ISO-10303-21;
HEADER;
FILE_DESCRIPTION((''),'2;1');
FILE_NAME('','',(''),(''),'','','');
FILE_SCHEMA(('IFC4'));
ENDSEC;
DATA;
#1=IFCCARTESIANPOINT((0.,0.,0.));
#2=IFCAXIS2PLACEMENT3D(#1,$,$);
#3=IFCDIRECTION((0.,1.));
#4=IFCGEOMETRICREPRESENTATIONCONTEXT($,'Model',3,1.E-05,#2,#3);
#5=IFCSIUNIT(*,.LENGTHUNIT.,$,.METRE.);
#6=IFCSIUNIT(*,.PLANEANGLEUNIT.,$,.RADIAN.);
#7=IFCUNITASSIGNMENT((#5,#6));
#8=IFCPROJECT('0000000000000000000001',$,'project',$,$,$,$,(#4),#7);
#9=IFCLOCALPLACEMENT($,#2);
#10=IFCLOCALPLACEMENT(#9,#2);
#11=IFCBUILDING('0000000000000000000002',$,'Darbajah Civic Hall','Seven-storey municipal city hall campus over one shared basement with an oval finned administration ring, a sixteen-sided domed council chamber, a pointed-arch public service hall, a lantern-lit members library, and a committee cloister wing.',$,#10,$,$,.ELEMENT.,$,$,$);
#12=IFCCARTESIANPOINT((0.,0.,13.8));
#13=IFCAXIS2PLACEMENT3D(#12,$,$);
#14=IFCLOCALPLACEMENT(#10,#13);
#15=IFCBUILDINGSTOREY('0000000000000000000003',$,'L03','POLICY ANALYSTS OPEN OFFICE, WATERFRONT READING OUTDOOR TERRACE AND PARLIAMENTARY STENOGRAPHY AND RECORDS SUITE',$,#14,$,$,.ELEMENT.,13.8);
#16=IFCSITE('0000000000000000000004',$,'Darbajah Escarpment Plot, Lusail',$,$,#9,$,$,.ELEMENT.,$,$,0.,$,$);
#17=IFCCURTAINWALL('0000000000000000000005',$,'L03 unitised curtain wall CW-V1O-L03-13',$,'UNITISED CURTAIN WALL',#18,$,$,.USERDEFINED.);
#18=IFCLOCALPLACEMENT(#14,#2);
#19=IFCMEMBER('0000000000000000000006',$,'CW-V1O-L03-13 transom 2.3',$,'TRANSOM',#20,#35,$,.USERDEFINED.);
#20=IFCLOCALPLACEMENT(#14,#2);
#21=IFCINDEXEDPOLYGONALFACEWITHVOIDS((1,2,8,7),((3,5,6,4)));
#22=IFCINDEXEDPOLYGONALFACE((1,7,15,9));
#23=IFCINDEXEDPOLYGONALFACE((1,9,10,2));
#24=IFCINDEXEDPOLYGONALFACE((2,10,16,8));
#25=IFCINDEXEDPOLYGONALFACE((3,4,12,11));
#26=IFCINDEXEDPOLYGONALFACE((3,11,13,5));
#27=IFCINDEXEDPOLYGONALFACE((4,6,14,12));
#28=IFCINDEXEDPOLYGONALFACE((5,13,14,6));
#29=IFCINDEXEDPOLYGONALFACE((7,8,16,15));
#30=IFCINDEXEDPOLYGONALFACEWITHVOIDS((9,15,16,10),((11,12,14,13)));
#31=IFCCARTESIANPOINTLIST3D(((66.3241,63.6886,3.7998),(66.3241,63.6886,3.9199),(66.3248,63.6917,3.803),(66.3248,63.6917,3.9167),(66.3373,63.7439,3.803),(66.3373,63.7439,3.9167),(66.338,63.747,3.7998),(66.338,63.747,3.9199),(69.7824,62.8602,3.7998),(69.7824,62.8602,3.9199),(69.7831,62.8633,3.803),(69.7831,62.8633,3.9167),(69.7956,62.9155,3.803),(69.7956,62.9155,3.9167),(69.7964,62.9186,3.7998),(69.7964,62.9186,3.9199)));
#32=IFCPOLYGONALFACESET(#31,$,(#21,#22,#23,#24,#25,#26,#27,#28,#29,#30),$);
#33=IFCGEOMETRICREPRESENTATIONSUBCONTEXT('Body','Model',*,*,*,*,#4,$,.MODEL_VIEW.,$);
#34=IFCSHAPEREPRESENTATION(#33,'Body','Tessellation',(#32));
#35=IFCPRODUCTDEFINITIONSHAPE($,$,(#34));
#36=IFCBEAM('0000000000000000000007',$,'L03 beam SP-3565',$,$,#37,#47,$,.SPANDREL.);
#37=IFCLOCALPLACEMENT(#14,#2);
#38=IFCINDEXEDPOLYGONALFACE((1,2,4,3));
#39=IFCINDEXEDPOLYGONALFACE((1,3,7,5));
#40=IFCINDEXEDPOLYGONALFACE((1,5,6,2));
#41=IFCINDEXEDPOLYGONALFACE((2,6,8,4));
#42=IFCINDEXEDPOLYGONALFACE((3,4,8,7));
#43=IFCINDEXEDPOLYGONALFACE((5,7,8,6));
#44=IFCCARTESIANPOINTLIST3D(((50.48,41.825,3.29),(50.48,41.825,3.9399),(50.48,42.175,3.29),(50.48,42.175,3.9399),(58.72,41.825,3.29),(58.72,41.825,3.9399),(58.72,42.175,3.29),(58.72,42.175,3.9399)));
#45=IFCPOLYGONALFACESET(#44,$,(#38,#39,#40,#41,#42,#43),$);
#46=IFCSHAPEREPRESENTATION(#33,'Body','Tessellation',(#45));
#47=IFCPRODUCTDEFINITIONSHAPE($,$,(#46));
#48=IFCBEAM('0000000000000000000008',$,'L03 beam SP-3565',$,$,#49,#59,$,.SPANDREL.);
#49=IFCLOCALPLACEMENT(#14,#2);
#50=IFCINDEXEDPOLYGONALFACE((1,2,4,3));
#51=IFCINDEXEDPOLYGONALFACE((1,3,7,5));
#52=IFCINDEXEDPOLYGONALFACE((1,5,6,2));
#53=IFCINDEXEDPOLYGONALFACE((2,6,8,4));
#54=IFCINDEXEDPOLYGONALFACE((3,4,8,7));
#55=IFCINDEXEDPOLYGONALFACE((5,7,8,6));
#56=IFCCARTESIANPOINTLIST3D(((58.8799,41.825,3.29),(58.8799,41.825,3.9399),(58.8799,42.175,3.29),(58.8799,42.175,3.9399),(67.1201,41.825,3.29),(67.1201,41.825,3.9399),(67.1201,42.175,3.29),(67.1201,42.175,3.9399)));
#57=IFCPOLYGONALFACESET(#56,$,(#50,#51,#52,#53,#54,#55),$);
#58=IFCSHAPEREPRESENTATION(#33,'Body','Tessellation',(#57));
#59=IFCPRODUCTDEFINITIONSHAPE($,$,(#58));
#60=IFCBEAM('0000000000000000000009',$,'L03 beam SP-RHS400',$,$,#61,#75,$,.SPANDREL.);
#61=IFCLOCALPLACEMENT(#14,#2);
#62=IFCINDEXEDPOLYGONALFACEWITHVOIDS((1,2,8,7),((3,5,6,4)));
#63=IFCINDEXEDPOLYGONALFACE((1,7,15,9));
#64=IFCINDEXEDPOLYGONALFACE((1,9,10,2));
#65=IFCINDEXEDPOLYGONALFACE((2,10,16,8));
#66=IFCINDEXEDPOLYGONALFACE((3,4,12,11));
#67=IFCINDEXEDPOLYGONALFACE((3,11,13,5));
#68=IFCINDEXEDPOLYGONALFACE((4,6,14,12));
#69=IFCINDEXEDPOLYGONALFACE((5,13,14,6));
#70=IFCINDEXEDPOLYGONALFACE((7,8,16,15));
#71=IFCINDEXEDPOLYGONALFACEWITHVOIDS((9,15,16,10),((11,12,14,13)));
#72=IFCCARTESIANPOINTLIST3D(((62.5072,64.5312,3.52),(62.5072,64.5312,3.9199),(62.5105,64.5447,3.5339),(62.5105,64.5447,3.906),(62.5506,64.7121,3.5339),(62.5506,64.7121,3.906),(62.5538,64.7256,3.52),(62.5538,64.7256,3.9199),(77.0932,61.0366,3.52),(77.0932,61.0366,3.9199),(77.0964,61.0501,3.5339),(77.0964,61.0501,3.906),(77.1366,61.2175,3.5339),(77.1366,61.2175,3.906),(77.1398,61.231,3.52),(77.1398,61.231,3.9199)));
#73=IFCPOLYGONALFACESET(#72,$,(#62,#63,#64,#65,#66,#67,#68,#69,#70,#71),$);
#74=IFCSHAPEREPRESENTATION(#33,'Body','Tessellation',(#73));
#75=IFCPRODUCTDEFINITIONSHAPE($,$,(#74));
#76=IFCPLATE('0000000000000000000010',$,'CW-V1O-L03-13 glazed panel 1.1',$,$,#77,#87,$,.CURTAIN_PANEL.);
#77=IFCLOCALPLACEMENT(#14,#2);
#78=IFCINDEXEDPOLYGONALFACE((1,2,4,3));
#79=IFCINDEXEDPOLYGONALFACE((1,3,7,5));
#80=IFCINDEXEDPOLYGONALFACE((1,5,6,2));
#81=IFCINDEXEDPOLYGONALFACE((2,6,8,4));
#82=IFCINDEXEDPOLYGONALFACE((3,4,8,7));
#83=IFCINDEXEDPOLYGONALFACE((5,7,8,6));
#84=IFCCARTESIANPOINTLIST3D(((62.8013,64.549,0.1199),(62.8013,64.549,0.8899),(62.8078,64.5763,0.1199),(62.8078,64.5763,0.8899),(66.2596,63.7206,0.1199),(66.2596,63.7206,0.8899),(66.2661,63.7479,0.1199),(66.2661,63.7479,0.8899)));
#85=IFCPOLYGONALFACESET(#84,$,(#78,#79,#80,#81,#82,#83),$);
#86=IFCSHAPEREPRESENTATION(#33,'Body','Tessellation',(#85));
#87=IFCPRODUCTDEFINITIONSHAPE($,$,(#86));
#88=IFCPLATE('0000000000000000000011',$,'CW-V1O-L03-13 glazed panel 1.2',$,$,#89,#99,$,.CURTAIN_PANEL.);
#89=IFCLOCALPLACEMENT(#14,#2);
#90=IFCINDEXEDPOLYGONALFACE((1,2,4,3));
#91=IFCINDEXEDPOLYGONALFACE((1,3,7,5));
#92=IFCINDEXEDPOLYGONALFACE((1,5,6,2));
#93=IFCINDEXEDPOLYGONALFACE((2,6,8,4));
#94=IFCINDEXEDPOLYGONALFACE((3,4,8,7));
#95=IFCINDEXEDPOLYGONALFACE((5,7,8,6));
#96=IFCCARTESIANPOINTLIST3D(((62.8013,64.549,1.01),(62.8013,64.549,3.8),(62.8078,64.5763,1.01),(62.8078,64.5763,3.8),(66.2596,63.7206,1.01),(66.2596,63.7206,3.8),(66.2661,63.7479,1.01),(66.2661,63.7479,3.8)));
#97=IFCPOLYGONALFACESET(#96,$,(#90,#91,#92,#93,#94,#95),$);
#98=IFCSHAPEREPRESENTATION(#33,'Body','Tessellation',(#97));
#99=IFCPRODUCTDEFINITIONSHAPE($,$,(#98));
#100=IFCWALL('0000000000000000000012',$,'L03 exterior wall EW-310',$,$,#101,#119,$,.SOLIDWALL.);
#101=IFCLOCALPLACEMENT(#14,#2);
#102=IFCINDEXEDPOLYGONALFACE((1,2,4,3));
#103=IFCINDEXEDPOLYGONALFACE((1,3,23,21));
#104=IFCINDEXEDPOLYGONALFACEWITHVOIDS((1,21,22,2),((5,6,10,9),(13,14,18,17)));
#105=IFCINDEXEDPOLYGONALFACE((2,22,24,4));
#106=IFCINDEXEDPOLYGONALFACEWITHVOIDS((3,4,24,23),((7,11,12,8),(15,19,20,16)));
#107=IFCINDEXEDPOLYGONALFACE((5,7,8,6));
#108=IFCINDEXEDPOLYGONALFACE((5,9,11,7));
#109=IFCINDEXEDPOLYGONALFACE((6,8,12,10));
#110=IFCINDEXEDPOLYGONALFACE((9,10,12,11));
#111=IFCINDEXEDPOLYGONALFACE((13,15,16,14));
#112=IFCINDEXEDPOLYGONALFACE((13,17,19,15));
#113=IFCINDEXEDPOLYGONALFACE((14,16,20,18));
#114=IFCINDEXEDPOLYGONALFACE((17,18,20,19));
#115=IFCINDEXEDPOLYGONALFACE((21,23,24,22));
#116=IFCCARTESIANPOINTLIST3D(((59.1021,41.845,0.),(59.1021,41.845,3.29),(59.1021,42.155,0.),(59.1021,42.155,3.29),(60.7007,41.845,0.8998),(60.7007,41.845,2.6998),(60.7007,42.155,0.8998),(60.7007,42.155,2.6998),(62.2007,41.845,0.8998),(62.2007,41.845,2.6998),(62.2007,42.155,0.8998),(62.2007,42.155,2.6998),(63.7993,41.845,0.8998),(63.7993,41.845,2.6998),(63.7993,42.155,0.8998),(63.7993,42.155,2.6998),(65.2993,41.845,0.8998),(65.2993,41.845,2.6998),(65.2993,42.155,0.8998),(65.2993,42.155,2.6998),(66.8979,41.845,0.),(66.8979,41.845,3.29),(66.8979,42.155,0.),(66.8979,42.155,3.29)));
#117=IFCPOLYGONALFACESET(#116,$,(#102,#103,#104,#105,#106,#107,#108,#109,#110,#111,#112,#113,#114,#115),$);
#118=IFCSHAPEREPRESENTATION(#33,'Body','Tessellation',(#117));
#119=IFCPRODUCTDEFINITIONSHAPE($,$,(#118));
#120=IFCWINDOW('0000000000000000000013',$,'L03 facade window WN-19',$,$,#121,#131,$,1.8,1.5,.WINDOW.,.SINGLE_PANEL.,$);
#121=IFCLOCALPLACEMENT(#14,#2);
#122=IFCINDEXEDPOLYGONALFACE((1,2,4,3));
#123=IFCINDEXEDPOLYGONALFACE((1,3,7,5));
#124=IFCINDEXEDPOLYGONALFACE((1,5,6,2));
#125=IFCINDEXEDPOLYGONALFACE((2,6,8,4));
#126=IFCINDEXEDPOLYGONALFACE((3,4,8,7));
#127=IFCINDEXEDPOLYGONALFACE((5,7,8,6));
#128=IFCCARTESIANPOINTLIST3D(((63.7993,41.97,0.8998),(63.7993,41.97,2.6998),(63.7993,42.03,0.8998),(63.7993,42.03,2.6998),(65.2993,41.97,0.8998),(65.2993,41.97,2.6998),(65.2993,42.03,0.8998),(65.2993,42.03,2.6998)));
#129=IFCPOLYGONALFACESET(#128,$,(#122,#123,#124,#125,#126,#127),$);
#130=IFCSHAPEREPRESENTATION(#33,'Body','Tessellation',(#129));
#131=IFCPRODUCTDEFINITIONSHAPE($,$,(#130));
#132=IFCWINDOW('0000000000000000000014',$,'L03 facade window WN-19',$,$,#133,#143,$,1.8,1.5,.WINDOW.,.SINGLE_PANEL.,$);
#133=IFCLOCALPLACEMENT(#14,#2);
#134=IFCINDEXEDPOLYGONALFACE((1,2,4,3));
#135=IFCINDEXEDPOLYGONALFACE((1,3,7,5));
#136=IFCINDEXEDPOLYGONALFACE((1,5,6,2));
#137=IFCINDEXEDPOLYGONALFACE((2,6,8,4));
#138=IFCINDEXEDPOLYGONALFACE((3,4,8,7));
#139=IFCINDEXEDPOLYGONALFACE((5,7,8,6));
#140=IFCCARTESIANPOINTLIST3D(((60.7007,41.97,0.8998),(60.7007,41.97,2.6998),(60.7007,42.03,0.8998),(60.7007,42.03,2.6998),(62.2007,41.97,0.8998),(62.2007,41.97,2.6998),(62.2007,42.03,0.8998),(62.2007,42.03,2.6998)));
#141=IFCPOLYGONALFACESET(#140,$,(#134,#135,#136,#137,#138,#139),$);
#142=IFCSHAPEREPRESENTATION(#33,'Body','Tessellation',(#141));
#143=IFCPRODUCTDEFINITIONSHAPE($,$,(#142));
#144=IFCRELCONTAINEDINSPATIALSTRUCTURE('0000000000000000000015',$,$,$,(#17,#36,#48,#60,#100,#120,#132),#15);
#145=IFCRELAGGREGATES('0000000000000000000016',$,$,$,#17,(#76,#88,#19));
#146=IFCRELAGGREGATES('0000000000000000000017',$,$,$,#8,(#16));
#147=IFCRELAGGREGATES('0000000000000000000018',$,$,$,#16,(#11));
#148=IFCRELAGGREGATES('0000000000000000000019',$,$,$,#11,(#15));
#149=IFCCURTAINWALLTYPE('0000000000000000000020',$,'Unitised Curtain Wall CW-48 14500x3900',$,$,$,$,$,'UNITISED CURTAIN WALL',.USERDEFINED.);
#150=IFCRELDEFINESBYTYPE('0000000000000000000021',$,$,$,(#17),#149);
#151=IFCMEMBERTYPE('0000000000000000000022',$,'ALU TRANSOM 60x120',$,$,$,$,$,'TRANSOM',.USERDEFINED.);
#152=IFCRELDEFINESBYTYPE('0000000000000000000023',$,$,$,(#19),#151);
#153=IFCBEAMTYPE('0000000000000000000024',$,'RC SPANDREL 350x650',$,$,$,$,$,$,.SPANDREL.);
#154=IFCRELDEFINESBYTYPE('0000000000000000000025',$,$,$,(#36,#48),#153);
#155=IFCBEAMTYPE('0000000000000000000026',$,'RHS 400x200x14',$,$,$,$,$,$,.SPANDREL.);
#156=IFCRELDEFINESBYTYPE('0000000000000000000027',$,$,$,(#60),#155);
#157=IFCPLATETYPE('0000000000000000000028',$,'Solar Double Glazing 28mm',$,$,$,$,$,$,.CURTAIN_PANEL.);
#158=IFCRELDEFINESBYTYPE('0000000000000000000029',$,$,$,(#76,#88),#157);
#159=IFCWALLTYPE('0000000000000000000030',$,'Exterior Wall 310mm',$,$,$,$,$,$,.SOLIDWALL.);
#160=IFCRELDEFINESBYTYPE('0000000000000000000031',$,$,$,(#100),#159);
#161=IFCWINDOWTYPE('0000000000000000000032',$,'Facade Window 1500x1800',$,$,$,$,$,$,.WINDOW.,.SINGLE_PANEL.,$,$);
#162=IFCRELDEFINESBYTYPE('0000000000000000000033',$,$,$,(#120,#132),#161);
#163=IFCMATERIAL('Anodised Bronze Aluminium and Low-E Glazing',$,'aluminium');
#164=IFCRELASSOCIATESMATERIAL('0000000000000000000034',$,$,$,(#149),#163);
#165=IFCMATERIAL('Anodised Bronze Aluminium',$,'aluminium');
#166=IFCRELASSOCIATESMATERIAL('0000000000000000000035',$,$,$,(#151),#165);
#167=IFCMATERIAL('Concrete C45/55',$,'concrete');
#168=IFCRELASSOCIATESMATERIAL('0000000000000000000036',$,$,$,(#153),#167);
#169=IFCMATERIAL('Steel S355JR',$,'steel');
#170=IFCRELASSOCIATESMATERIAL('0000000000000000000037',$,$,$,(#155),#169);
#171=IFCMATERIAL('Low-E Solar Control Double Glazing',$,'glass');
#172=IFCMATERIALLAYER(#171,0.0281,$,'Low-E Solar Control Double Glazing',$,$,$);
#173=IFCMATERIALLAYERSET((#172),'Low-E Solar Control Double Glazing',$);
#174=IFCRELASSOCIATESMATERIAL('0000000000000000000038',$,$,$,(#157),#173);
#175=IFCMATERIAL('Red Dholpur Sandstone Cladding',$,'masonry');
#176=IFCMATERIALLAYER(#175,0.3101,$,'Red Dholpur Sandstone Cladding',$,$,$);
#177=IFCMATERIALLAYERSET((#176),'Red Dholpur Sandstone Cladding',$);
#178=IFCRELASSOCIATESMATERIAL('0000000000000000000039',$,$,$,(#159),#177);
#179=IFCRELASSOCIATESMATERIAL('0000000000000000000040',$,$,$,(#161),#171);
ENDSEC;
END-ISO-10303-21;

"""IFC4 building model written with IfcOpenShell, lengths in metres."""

from ifc_helpers import new_model, si_unit, direction, frame, frame_2d, origin, origin_2d, place, context, subcontext, project, spatial, rectangle, hollow_rectangle, extrude, material, layer, layer_set, material_profile, profile_set, type_object, element, fill, aggregate, save


model = new_model("IFC4")

# Units and contexts
model_context = context("Model", 3, precision=1e-05, world=origin(), true_north=direction((0.0, 1.0)))
body_context = subcontext(model_context, "Body", "Model", "MODEL_VIEW")
ifc_project = project(units=[si_unit("LENGTHUNIT", "METRE"), si_unit("PLANEANGLEUNIT", "RADIAN")], contexts=[model_context])

# Site, building, storey
site_placement = place(None, origin())
site = spatial("IfcSite", under=ifc_project, at=site_placement, Name="Darbajah Escarpment Plot, Lusail", CompositionType="ELEMENT", RefElevation=0.0)
building_placement = place(site_placement, origin())
building = spatial("IfcBuilding", under=site, at=building_placement, Name="Darbajah Civic Hall", Description="Seven-storey municipal city hall campus over one shared basement with an oval finned administration ring, a sixteen-sided domed council chamber, a pointed-arch public service hall, a lantern-lit members library, and a committee cloister wing.", CompositionType="ELEMENT")
storey_placement = place(building_placement, frame((0.0, 0.0, 13.8)))
storey = spatial("IfcBuildingStorey", under=building, at=storey_placement, Name="L03", Description="POLICY ANALYSTS OPEN OFFICE, WATERFRONT READING OUTDOOR TERRACE AND PARLIAMENTARY STENOGRAPHY AND RECORDS SUITE", CompositionType="ELEMENT", Elevation=13.8)

# Shared definitions
ifc_material_1 = material(Name="Concrete C45/55", Category="concrete")

# Curtain wall
ifc_material_2 = material(Name="Anodised Bronze Aluminium and Low-E Glazing", Category="aluminium")
curtain_wall_type_1 = type_object("IfcCurtainWallType", Name="Unitised Curtain Wall CW-48 14500x3900", ElementType="UNITISED CURTAIN WALL", PredefinedType="USERDEFINED", material=ifc_material_2)
curtain_wall_1_placement = place(storey_placement, origin())
curtain_wall_1 = element("IfcCurtainWall", 1, at=curtain_wall_1_placement, inside=storey, type_object=curtain_wall_type_1, Name="L03 unitised curtain wall CW-V1O-L03-13", ObjectType="UNITISED CURTAIN WALL", PredefinedType="USERDEFINED")
ifc_material_3 = material(Name="Anodised Bronze Aluminium", Category="aluminium")

# Member
ifc_material_profile_1 = material_profile(ifc_material_3, hollow_rectangle(XDim=0.0601, YDim=0.1201, WallThickness=0.0032, at=origin_2d()), Name="ALU TRANSOM 60x120")
ifc_profile_set_1 = profile_set([ifc_material_profile_1], Name="Anodised Bronze Aluminium")
member_type_1 = type_object("IfcMemberType", Name="ALU TRANSOM 60x120", ElementType="TRANSOM", PredefinedType="USERDEFINED", material=ifc_profile_set_1)
member_1_placement = place(storey_placement, frame((66.3311, 63.7178, 3.8599), z_axis=(0.97249, -0.232944, 0.0), x_axis=(0.232944, 0.97249, 0.0)))
member_1 = element("IfcMember", 2, at=member_1_placement, type_object=member_type_1, Name="CW-V1O-L03-13 transom 2.3", ObjectType="TRANSOM", PredefinedType="USERDEFINED", context=body_context, shape_type="SweptSolid", body=[
    extrude(hollow_rectangle(XDim=0.0601, YDim=0.1201, WallThickness=0.0032, at=origin_2d()), origin(), (0.0, 0.0, 1.0), 3.5562),
])

# Beams
ifc_material_profile_2 = material_profile(ifc_material_1, rectangle(XDim=0.3501, YDim=0.6499, at=origin_2d()), Name="RC SPANDREL 350x650")
ifc_profile_set_2 = profile_set([ifc_material_profile_2], Name="Concrete C45/55")
beam_type_1 = type_object("IfcBeamType", Name="RC SPANDREL 350x650", PredefinedType="SPANDREL", material=ifc_profile_set_2)
beam_1_placement = place(storey_placement, frame((50.48, 42.0, 3.615), z_axis=(1.0, 0.0, 0.0), x_axis=(0.0, 1.0, 0.0)))
element("IfcBeam", 3, at=beam_1_placement, inside=storey, type_object=beam_type_1, Name="L03 beam SP-3565", PredefinedType="SPANDREL", context=body_context, shape_type="SweptSolid", body=[
    extrude(rectangle(XDim=0.3501, YDim=0.6499, at=origin_2d()), origin(), (0.0, 0.0, 1.0), 8.24),
])
beam_2_placement = place(storey_placement, frame((58.8799, 42.0, 3.615), z_axis=(1.0, 0.0, 0.0), x_axis=(0.0, 1.0, 0.0)))
element("IfcBeam", 4, at=beam_2_placement, inside=storey, type_object=beam_type_1, Name="L03 beam SP-3565", PredefinedType="SPANDREL", context=body_context, shape_type="SweptSolid", body=[
    extrude(rectangle(XDim=0.3501, YDim=0.6499, at=origin_2d()), origin(), (0.0, 0.0, 1.0), 8.2402),
])
ifc_material_4 = material(Name="Steel S355JR", Category="steel")
ifc_material_profile_3 = material_profile(ifc_material_4, hollow_rectangle(XDim=0.2, YDim=0.3999, WallThickness=0.0139, at=origin_2d()), Name="RHS 400x200x14")
ifc_profile_set_3 = profile_set([ifc_material_profile_3], Name="Steel S355JR")
beam_type_2 = type_object("IfcBeamType", Name="RHS 400x200x14", PredefinedType="SPANDREL", material=ifc_profile_set_3)
beam_3_placement = place(storey_placement, frame((62.5305, 64.6284, 3.72), z_axis=(0.972478, -0.232995, 0.0), x_axis=(0.232995, 0.972478, 0.0)))
element("IfcBeam", 5, at=beam_3_placement, inside=storey, type_object=beam_type_2, Name="L03 beam SP-RHS400", PredefinedType="SPANDREL", context=body_context, shape_type="SweptSolid", body=[
    extrude(hollow_rectangle(XDim=0.2, YDim=0.3999, WallThickness=0.0139, at=origin_2d()), origin(), (0.0, 0.0, 1.0), 14.9988),
])

# Plates
ifc_material_5 = material(Name="Low-E Solar Control Double Glazing", Category="glass")
ifc_layer_1 = layer(ifc_material_5, 0.0281, Name="Low-E Solar Control Double Glazing")
ifc_layer_set_1 = layer_set([ifc_layer_1], Name="Low-E Solar Control Double Glazing")
plate_type = type_object("IfcPlateType", Name="Solar Double Glazing 28mm", PredefinedType="CURTAIN_PANEL", material=ifc_layer_set_1)
plate_1_placement = place(storey_placement, frame((64.5337, 64.1484, 0.1199), z_axis=(0.0, 0.0, 1.0), x_axis=(0.972492, -0.232936, 0.0)))
plate_1 = element("IfcPlate", 6, at=plate_1_placement, type_object=plate_type, Name="CW-V1O-L03-13 glazed panel 1.1", PredefinedType="CURTAIN_PANEL", context=body_context, shape_type="SweptSolid", body=[
    extrude(rectangle(XDim=3.5562, YDim=0.0281, at=origin_2d()), origin(), (0.0, 0.0, 1.0), 0.77),
])
plate_2_placement = place(storey_placement, frame((64.5337, 64.1484, 1.01), z_axis=(0.0, 0.0, 1.0), x_axis=(0.972492, -0.232936, 0.0)))
plate_2 = element("IfcPlate", 7, at=plate_2_placement, type_object=plate_type, Name="CW-V1O-L03-13 glazed panel 1.2", PredefinedType="CURTAIN_PANEL", context=body_context, shape_type="SweptSolid", body=[
    extrude(rectangle(XDim=3.5562, YDim=0.0281, at=origin_2d()), origin(), (0.0, 0.0, 1.0), 2.79),
])
aggregate(curtain_wall_1, [plate_1, plate_2, member_1])

# Wall, openings, windows
ifc_material_6 = material(Name="Red Dholpur Sandstone Cladding", Category="masonry")
ifc_layer_2 = layer(ifc_material_6, 0.3101, Name="Red Dholpur Sandstone Cladding")
ifc_layer_set_2 = layer_set([ifc_layer_2], Name="Red Dholpur Sandstone Cladding")
wall_type = type_object("IfcWallType", Name="Exterior Wall 310mm", PredefinedType="SOLIDWALL", material=ifc_layer_set_2)
wall_1_placement = place(storey_placement, frame((66.8979, 42.0, 0.0), z_axis=(0.0, 0.0, 1.0), x_axis=(-1.0, 0.0, 0.0)))
wall_1 = element("IfcWall", 8, at=wall_1_placement, inside=storey, type_object=wall_type, Name="L03 exterior wall EW-310", PredefinedType="SOLIDWALL", context=body_context, shape_type="SweptSolid", body=[
    extrude(rectangle(XDim=7.7959, YDim=0.3101, at=frame_2d((3.8979, 0.0))), origin(), (0.0, 0.0, 1.0), 3.29),
])
opening_1_placement = place(wall_1_placement, frame((1.5986, 0.0, 0.8999)))
opening_1 = element("IfcOpeningElement", 9, at=opening_1_placement, cuts=wall_1, PredefinedType="OPENING", context=body_context, shape_type="SweptSolid", body=[
    extrude(rectangle(XDim=1.5, YDim=1.8, at=frame_2d((0.75, 0.8999))), frame((0.0, 0.165, 0.0), z_axis=(0.0, -1.0, 0.0), x_axis=(1.0, 0.0, 0.0)), (0.0, 0.0, 1.0), 0.3301),
])
opening_2_placement = place(wall_1_placement, frame((4.6973, 0.0, 0.8999)))
opening_2 = element("IfcOpeningElement", 10, at=opening_2_placement, cuts=wall_1, PredefinedType="OPENING", context=body_context, shape_type="SweptSolid", body=[
    extrude(rectangle(XDim=1.5, YDim=1.8, at=frame_2d((0.75, 0.8999))), frame((0.0, 0.165, 0.0), z_axis=(0.0, -1.0, 0.0), x_axis=(1.0, 0.0, 0.0)), (0.0, 0.0, 1.0), 0.3301),
])
window_type_1 = type_object("IfcWindowType", Name="Facade Window 1500x1800", PartitioningType="SINGLE_PANEL", PredefinedType="WINDOW", material=ifc_material_5)
window_1_placement = place(opening_1_placement, origin())
window_1 = element("IfcWindow", 11, at=window_1_placement, inside=storey, type_object=window_type_1, Name="L03 facade window WN-19", OverallHeight=1.8, OverallWidth=1.5, PartitioningType="SINGLE_PANEL", PredefinedType="WINDOW", context=body_context, shape_type="SweptSolid", body=[
    extrude(rectangle(XDim=1.5, YDim=1.8, at=frame_2d((0.75, 0.8999))), frame((0.0, 0.03, 0.0), z_axis=(0.0, -1.0, 0.0), x_axis=(1.0, 0.0, 0.0)), (0.0, 0.0, 1.0), 0.0601),
])
fill(opening_1, window_1)
window_2_placement = place(opening_2_placement, origin())
window_2 = element("IfcWindow", 12, at=window_2_placement, inside=storey, type_object=window_type_1, Name="L03 facade window WN-19", OverallHeight=1.8, OverallWidth=1.5, PartitioningType="SINGLE_PANEL", PredefinedType="WINDOW", context=body_context, shape_type="SweptSolid", body=[
    extrude(rectangle(XDim=1.5, YDim=1.8, at=frame_2d((0.75, 0.8999))), frame((0.0, 0.03, 0.0), z_axis=(0.0, -1.0, 0.0), x_axis=(1.0, 0.0, 0.0)), (0.0, 0.0, 1.0), 0.0601),
])
fill(opening_2, window_2)

save(model, "model.ifc")
